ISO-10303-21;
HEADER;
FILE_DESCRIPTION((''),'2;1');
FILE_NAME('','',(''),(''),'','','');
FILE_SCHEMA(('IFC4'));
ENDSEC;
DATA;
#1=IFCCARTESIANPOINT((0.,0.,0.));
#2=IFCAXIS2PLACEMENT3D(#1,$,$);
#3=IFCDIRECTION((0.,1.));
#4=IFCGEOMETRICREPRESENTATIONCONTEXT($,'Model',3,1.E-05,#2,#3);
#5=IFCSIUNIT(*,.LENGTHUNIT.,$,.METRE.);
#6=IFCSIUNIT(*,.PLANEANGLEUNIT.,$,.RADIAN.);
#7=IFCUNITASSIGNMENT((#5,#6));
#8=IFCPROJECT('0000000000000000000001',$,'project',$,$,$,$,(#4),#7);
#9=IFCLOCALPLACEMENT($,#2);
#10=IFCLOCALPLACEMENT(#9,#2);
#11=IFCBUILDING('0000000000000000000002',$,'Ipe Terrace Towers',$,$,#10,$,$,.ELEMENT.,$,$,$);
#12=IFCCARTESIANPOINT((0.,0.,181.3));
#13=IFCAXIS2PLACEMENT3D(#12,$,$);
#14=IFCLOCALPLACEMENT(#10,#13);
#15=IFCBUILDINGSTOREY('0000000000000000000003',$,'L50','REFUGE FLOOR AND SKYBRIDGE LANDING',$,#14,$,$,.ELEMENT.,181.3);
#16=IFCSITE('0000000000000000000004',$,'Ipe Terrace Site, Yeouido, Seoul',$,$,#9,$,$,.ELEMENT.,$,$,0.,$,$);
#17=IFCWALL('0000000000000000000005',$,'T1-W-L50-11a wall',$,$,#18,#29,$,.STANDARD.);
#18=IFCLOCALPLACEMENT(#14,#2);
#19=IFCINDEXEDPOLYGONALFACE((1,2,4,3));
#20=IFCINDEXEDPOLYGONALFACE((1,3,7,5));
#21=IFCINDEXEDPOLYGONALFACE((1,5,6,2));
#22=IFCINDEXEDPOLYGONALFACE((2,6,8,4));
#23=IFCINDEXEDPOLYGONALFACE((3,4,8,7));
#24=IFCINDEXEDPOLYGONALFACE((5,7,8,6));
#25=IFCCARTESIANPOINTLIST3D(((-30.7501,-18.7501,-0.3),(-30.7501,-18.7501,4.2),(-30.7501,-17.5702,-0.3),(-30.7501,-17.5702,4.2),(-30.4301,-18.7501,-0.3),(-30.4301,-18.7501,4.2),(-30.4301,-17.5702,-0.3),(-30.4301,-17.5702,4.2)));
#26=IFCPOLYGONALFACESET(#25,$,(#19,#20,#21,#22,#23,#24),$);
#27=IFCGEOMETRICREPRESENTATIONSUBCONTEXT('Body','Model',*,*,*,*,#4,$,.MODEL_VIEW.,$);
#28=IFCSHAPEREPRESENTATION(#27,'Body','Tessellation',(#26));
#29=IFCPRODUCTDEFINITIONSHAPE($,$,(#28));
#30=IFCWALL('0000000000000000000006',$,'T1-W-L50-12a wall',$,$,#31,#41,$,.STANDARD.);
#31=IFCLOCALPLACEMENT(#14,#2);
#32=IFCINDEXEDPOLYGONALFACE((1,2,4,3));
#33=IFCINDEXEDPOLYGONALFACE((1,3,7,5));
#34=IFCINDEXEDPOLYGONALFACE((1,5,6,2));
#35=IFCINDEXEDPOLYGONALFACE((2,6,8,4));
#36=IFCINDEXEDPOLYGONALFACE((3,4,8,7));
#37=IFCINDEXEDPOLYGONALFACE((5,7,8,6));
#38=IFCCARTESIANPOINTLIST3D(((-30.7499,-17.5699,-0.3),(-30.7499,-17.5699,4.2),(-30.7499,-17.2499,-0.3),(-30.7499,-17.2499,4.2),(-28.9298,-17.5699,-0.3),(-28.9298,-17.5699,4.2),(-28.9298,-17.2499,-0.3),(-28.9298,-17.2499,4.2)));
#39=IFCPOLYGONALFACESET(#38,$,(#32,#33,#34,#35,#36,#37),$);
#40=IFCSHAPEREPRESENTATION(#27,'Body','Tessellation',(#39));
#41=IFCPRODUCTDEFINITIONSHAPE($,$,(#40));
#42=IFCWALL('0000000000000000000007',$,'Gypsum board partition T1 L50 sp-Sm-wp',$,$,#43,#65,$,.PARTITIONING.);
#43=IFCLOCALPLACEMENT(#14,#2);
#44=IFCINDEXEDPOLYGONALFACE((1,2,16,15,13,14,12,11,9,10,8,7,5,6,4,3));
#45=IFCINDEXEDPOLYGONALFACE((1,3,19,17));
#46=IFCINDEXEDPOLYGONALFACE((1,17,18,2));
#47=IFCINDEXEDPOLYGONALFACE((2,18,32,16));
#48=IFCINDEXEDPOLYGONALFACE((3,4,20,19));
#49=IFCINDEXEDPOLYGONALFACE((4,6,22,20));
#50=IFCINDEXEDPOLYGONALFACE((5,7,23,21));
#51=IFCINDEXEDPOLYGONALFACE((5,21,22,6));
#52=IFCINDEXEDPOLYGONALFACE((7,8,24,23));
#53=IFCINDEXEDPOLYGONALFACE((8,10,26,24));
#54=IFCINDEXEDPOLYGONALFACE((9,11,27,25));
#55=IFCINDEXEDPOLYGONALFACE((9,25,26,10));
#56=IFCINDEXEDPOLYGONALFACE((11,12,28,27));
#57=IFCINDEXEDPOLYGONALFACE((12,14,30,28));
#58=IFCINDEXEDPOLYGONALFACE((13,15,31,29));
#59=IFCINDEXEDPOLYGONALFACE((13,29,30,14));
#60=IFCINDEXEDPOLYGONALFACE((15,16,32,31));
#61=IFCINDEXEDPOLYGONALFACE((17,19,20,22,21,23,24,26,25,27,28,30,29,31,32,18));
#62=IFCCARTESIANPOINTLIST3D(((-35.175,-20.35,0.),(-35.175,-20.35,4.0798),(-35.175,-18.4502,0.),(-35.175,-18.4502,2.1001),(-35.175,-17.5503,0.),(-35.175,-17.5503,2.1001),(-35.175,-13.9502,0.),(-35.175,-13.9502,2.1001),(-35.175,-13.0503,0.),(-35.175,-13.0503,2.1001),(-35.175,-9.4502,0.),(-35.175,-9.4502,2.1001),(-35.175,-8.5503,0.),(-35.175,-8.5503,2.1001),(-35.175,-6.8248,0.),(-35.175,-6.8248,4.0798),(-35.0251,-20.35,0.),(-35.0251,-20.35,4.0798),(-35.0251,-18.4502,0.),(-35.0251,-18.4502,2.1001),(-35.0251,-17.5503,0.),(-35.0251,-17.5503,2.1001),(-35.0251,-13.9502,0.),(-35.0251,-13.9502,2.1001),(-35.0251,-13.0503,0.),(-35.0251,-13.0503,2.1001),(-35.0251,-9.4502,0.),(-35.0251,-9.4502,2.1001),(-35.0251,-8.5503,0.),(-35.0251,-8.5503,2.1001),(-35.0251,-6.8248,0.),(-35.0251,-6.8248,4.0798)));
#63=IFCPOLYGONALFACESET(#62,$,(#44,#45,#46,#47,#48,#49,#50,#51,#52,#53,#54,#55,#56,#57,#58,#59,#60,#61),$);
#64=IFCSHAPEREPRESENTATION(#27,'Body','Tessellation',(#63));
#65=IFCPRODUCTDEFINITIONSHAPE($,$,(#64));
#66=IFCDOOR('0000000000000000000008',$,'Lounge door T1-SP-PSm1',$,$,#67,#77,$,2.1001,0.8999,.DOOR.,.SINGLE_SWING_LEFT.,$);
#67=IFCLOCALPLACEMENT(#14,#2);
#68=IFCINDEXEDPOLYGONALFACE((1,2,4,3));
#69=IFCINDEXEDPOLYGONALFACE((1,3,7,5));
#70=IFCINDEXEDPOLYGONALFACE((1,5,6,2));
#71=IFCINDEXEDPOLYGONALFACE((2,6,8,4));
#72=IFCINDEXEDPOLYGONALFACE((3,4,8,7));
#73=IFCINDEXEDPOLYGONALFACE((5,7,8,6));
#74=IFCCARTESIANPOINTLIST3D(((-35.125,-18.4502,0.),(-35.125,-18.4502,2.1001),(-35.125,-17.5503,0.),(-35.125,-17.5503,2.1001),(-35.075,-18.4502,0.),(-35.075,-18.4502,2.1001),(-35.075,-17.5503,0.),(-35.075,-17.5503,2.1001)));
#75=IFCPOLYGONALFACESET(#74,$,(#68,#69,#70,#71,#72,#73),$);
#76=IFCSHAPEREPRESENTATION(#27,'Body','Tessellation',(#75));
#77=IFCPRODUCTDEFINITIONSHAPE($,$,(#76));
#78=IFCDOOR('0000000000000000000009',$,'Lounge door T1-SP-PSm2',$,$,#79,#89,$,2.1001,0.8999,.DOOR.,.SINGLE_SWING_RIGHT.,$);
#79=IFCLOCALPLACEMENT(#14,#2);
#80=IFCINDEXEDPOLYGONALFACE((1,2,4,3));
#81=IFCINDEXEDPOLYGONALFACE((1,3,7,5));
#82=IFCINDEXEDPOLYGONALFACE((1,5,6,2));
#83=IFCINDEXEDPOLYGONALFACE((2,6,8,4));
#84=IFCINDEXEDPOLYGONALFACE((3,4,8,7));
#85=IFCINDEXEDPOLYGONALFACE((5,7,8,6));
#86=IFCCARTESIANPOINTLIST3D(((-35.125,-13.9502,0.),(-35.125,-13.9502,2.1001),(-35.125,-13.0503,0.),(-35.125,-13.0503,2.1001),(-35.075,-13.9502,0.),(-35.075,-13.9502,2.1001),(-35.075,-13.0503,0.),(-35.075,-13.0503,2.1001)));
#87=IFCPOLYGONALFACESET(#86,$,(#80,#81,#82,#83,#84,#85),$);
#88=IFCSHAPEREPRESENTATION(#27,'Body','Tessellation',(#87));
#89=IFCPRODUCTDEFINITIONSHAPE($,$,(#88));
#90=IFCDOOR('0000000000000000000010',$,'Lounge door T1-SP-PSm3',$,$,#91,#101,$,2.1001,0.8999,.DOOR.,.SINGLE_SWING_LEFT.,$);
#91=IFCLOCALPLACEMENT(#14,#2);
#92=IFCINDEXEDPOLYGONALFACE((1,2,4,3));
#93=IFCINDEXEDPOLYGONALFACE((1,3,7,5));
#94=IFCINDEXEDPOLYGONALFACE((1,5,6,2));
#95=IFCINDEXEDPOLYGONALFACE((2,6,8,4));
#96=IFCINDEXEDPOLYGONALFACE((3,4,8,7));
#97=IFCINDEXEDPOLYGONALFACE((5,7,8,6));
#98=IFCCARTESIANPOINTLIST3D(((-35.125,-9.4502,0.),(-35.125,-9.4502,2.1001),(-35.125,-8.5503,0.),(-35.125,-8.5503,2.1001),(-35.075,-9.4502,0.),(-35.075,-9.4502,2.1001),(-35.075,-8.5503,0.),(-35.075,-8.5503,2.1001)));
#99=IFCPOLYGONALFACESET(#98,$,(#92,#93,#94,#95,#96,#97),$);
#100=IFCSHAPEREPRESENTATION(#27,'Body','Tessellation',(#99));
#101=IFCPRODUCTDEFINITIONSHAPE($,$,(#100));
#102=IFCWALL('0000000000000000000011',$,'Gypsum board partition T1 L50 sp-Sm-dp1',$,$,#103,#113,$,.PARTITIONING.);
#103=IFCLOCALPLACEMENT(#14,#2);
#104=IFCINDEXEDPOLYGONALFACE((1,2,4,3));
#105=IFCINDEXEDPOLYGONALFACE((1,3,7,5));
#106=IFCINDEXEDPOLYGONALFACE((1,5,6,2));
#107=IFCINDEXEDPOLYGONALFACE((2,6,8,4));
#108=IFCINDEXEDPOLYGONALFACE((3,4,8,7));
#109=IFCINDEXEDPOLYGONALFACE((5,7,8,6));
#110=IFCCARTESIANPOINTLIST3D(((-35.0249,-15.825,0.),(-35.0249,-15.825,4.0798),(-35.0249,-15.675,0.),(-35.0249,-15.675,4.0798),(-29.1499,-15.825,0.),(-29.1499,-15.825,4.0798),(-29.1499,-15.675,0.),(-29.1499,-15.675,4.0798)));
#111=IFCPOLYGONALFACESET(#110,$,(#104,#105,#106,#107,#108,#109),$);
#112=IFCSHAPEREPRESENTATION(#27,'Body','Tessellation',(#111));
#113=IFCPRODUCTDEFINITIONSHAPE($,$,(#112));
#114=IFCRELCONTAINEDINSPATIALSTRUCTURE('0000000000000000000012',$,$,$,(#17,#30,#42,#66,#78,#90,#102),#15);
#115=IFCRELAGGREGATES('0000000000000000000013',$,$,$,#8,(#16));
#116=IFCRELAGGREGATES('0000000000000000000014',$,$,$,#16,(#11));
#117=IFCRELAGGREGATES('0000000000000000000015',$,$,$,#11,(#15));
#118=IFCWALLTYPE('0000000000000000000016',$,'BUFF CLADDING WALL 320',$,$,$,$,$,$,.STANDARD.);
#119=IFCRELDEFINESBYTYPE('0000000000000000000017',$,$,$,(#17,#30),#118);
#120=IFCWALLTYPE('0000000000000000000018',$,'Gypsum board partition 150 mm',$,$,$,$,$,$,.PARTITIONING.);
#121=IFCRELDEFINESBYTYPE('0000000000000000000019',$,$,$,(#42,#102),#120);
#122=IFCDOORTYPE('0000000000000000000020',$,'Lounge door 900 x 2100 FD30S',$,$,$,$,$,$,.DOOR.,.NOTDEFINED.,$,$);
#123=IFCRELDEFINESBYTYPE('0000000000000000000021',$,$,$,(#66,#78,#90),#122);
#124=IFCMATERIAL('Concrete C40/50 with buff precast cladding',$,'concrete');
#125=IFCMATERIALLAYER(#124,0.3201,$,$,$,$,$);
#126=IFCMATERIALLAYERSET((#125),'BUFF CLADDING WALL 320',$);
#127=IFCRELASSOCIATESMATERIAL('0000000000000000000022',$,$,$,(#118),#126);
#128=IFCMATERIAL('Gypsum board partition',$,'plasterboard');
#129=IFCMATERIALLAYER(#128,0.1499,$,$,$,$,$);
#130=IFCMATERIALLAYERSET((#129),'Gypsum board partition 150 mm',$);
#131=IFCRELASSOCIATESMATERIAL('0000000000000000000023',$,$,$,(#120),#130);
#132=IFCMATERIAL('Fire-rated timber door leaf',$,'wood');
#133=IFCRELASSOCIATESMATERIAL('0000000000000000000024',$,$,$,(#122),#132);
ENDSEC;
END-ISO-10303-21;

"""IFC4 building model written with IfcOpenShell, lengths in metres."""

from ifc_helpers import new_model, si_unit, direction, frame, frame_2d, origin, place, context, subcontext, project, spatial, rectangle, extrude, material, layer, layer_set, type_object, element, fill, save


model = new_model("IFC4")

# Units and contexts
model_context = context("Model", 3, precision=1e-05, world=origin(), true_north=direction((0.0, 1.0)))
body_context = subcontext(model_context, "Body", "Model", "MODEL_VIEW")
ifc_project = project(units=[si_unit("LENGTHUNIT", "METRE"), si_unit("PLANEANGLEUNIT", "RADIAN")], contexts=[model_context])

# Site, building, storey
site_placement = place(None, origin())
site = spatial("IfcSite", under=ifc_project, at=site_placement, Name="Ipe Terrace Site, Yeouido, Seoul", CompositionType="ELEMENT", RefElevation=0.0)
building_placement = place(site_placement, origin())
building = spatial("IfcBuilding", under=site, at=building_placement, Name="Ipe Terrace Towers", CompositionType="ELEMENT")
storey_placement = place(building_placement, frame((0.0, 0.0, 181.3)))
storey = spatial("IfcBuildingStorey", under=building, at=storey_placement, Name="L50", Description="REFUGE FLOOR AND SKYBRIDGE LANDING", CompositionType="ELEMENT", Elevation=181.3)

# Walls
ifc_material_1 = material(Name="Concrete C40/50 with buff precast cladding", Category="concrete")
ifc_layer_1 = layer(ifc_material_1, 0.3201)
ifc_layer_set_1 = layer_set([ifc_layer_1], Name="BUFF CLADDING WALL 320")
wall_type_1 = type_object("IfcWallType", Name="BUFF CLADDING WALL 320", PredefinedType="STANDARD", material=ifc_layer_set_1)
wall_1_placement = place(storey_placement, frame((-30.5901, -18.75, -0.3), z_axis=(0.0, 0.0, 1.0), x_axis=(0.0, 1.0, 0.0)))
element("IfcWall", 1, at=wall_1_placement, inside=storey, type_object=wall_type_1, Name="T1-W-L50-11a wall", PredefinedType="STANDARD", context=body_context, shape_type="SweptSolid", body=[
    extrude(rectangle(XDim=1.1799, YDim=0.3201, at=frame_2d((0.5898, 0.0))), origin(), (0.0, 0.0, 1.0), 4.5),
])
wall_2_placement = place(storey_placement, frame((-30.75, -17.4099, -0.3), z_axis=(0.0, 0.0, 1.0), x_axis=(1.0, 0.0, 0.0)))
element("IfcWall", 2, at=wall_2_placement, inside=storey, type_object=wall_type_1, Name="T1-W-L50-12a wall", PredefinedType="STANDARD", context=body_context, shape_type="SweptSolid", body=[
    extrude(rectangle(XDim=1.8201, YDim=0.3201, at=frame_2d((0.9102, 0.0))), origin(), (0.0, 0.0, 1.0), 4.5),
])

# Wall, openings, doors
ifc_material_2 = material(Name="Gypsum board partition", Category="plasterboard")
ifc_layer_2 = layer(ifc_material_2, 0.1499)
ifc_layer_set_2 = layer_set([ifc_layer_2], Name="Gypsum board partition 150 mm")
wall_type_2 = type_object("IfcWallType", Name="Gypsum board partition 150 mm", PredefinedType="PARTITIONING", material=ifc_layer_set_2)
wall_3_placement = place(storey_placement, frame((-35.1001, -20.3501, 0.0), z_axis=(0.0, 0.0, 1.0), x_axis=(0.0, 1.0, 0.0)))
wall_3 = element("IfcWall", 3, at=wall_3_placement, inside=storey, type_object=wall_type_2, Name="Gypsum board partition T1 L50 sp-Sm-wp", PredefinedType="PARTITIONING", context=body_context, shape_type="SweptSolid", body=[
    extrude(rectangle(XDim=13.5251, YDim=0.1499, at=frame_2d((6.7627, 0.0))), origin(), (0.0, 0.0, 1.0), 4.0798),
])
opening_1_placement = place(wall_3_placement, frame((1.8999, 0.0, 0.0)))
opening_1 = element("IfcOpeningElement", 4, at=opening_1_placement, cuts=wall_3, PredefinedType="OPENING", context=body_context, shape_type="SweptSolid", body=[
    extrude(rectangle(XDim=0.8999, YDim=2.1001, at=frame_2d((0.45, 1.05))), frame((0.0, 0.085, 0.0), z_axis=(0.0, -1.0, 0.0), x_axis=(1.0, 0.0, 0.0)), (0.0, 0.0, 1.0), 0.1699),
])
opening_2_placement = place(wall_3_placement, frame((6.3999, 0.0, 0.0)))
opening_2 = element("IfcOpeningElement", 5, at=opening_2_placement, cuts=wall_3, PredefinedType="OPENING", context=body_context, shape_type="SweptSolid", body=[
    extrude(rectangle(XDim=0.8999, YDim=2.1001, at=frame_2d((0.45, 1.05))), frame((0.0, 0.085, 0.0), z_axis=(0.0, -1.0, 0.0), x_axis=(1.0, 0.0, 0.0)), (0.0, 0.0, 1.0), 0.1699),
])
opening_3_placement = place(wall_3_placement, frame((10.8999, 0.0, 0.0)))
opening_3 = element("IfcOpeningElement", 6, at=opening_3_placement, cuts=wall_3, PredefinedType="OPENING", context=body_context, shape_type="SweptSolid", body=[
    extrude(rectangle(XDim=0.8999, YDim=2.1001, at=frame_2d((0.45, 1.05))), frame((0.0, 0.085, 0.0), z_axis=(0.0, -1.0, 0.0), x_axis=(1.0, 0.0, 0.0)), (0.0, 0.0, 1.0), 0.1699),
])
ifc_material_3 = material(Name="Fire-rated timber door leaf", Category="wood")
door_type_1 = type_object("IfcDoorType", Name="Lounge door 900 x 2100 FD30S", OperationType="NOTDEFINED", PredefinedType="DOOR", material=ifc_material_3)
door_1_placement = place(opening_1_placement, origin())
door_1 = element("IfcDoor", 7, at=door_1_placement, inside=storey, type_object=door_type_1, Name="Lounge door T1-SP-PSm1", OperationType="SINGLE_SWING_LEFT", OverallHeight=2.1001, OverallWidth=0.8999, PredefinedType="DOOR", context=body_context, shape_type="SweptSolid", body=[
    extrude(rectangle(XDim=0.8999, YDim=2.1001, at=frame_2d((0.45, 1.05))), frame((0.0, 0.0249, 0.0), z_axis=(0.0, -1.0, 0.0), x_axis=(1.0, 0.0, 0.0)), (0.0, 0.0, 1.0), 0.05),
])
fill(opening_1, door_1)
door_2_placement = place(opening_2_placement, origin())
door_2 = element("IfcDoor", 8, at=door_2_placement, inside=storey, type_object=door_type_1, Name="Lounge door T1-SP-PSm2", OperationType="SINGLE_SWING_RIGHT", OverallHeight=2.1001, OverallWidth=0.8999, PredefinedType="DOOR", context=body_context, shape_type="SweptSolid", body=[
    extrude(rectangle(XDim=0.8999, YDim=2.1001, at=frame_2d((0.45, 1.05))), frame((0.0, 0.0249, 0.0), z_axis=(0.0, -1.0, 0.0), x_axis=(1.0, 0.0, 0.0)), (0.0, 0.0, 1.0), 0.05),
])
fill(opening_2, door_2)
door_3_placement = place(opening_3_placement, origin())
door_3 = element("IfcDoor", 9, at=door_3_placement, inside=storey, type_object=door_type_1, Name="Lounge door T1-SP-PSm3", OperationType="SINGLE_SWING_LEFT", OverallHeight=2.1001, OverallWidth=0.8999, PredefinedType="DOOR", context=body_context, shape_type="SweptSolid", body=[
    extrude(rectangle(XDim=0.8999, YDim=2.1001, at=frame_2d((0.45, 1.05))), frame((0.0, 0.0249, 0.0), z_axis=(0.0, -1.0, 0.0), x_axis=(1.0, 0.0, 0.0)), (0.0, 0.0, 1.0), 0.05),
])
fill(opening_3, door_3)

# Wall
wall_4_placement = place(storey_placement, frame((-35.0249, -15.75, 0.0), z_axis=(0.0, 0.0, 1.0), x_axis=(1.0, 0.0, 0.0)))
element("IfcWall", 10, at=wall_4_placement, inside=storey, type_object=wall_type_2, Name="Gypsum board partition T1 L50 sp-Sm-dp1", PredefinedType="PARTITIONING", context=body_context, shape_type="SweptSolid", body=[
    extrude(rectangle(XDim=5.875, YDim=0.1499, at=frame_2d((2.9375, 0.0))), origin(), (0.0, 0.0, 1.0), 4.0798),
])

save(model, "model.ifc")
